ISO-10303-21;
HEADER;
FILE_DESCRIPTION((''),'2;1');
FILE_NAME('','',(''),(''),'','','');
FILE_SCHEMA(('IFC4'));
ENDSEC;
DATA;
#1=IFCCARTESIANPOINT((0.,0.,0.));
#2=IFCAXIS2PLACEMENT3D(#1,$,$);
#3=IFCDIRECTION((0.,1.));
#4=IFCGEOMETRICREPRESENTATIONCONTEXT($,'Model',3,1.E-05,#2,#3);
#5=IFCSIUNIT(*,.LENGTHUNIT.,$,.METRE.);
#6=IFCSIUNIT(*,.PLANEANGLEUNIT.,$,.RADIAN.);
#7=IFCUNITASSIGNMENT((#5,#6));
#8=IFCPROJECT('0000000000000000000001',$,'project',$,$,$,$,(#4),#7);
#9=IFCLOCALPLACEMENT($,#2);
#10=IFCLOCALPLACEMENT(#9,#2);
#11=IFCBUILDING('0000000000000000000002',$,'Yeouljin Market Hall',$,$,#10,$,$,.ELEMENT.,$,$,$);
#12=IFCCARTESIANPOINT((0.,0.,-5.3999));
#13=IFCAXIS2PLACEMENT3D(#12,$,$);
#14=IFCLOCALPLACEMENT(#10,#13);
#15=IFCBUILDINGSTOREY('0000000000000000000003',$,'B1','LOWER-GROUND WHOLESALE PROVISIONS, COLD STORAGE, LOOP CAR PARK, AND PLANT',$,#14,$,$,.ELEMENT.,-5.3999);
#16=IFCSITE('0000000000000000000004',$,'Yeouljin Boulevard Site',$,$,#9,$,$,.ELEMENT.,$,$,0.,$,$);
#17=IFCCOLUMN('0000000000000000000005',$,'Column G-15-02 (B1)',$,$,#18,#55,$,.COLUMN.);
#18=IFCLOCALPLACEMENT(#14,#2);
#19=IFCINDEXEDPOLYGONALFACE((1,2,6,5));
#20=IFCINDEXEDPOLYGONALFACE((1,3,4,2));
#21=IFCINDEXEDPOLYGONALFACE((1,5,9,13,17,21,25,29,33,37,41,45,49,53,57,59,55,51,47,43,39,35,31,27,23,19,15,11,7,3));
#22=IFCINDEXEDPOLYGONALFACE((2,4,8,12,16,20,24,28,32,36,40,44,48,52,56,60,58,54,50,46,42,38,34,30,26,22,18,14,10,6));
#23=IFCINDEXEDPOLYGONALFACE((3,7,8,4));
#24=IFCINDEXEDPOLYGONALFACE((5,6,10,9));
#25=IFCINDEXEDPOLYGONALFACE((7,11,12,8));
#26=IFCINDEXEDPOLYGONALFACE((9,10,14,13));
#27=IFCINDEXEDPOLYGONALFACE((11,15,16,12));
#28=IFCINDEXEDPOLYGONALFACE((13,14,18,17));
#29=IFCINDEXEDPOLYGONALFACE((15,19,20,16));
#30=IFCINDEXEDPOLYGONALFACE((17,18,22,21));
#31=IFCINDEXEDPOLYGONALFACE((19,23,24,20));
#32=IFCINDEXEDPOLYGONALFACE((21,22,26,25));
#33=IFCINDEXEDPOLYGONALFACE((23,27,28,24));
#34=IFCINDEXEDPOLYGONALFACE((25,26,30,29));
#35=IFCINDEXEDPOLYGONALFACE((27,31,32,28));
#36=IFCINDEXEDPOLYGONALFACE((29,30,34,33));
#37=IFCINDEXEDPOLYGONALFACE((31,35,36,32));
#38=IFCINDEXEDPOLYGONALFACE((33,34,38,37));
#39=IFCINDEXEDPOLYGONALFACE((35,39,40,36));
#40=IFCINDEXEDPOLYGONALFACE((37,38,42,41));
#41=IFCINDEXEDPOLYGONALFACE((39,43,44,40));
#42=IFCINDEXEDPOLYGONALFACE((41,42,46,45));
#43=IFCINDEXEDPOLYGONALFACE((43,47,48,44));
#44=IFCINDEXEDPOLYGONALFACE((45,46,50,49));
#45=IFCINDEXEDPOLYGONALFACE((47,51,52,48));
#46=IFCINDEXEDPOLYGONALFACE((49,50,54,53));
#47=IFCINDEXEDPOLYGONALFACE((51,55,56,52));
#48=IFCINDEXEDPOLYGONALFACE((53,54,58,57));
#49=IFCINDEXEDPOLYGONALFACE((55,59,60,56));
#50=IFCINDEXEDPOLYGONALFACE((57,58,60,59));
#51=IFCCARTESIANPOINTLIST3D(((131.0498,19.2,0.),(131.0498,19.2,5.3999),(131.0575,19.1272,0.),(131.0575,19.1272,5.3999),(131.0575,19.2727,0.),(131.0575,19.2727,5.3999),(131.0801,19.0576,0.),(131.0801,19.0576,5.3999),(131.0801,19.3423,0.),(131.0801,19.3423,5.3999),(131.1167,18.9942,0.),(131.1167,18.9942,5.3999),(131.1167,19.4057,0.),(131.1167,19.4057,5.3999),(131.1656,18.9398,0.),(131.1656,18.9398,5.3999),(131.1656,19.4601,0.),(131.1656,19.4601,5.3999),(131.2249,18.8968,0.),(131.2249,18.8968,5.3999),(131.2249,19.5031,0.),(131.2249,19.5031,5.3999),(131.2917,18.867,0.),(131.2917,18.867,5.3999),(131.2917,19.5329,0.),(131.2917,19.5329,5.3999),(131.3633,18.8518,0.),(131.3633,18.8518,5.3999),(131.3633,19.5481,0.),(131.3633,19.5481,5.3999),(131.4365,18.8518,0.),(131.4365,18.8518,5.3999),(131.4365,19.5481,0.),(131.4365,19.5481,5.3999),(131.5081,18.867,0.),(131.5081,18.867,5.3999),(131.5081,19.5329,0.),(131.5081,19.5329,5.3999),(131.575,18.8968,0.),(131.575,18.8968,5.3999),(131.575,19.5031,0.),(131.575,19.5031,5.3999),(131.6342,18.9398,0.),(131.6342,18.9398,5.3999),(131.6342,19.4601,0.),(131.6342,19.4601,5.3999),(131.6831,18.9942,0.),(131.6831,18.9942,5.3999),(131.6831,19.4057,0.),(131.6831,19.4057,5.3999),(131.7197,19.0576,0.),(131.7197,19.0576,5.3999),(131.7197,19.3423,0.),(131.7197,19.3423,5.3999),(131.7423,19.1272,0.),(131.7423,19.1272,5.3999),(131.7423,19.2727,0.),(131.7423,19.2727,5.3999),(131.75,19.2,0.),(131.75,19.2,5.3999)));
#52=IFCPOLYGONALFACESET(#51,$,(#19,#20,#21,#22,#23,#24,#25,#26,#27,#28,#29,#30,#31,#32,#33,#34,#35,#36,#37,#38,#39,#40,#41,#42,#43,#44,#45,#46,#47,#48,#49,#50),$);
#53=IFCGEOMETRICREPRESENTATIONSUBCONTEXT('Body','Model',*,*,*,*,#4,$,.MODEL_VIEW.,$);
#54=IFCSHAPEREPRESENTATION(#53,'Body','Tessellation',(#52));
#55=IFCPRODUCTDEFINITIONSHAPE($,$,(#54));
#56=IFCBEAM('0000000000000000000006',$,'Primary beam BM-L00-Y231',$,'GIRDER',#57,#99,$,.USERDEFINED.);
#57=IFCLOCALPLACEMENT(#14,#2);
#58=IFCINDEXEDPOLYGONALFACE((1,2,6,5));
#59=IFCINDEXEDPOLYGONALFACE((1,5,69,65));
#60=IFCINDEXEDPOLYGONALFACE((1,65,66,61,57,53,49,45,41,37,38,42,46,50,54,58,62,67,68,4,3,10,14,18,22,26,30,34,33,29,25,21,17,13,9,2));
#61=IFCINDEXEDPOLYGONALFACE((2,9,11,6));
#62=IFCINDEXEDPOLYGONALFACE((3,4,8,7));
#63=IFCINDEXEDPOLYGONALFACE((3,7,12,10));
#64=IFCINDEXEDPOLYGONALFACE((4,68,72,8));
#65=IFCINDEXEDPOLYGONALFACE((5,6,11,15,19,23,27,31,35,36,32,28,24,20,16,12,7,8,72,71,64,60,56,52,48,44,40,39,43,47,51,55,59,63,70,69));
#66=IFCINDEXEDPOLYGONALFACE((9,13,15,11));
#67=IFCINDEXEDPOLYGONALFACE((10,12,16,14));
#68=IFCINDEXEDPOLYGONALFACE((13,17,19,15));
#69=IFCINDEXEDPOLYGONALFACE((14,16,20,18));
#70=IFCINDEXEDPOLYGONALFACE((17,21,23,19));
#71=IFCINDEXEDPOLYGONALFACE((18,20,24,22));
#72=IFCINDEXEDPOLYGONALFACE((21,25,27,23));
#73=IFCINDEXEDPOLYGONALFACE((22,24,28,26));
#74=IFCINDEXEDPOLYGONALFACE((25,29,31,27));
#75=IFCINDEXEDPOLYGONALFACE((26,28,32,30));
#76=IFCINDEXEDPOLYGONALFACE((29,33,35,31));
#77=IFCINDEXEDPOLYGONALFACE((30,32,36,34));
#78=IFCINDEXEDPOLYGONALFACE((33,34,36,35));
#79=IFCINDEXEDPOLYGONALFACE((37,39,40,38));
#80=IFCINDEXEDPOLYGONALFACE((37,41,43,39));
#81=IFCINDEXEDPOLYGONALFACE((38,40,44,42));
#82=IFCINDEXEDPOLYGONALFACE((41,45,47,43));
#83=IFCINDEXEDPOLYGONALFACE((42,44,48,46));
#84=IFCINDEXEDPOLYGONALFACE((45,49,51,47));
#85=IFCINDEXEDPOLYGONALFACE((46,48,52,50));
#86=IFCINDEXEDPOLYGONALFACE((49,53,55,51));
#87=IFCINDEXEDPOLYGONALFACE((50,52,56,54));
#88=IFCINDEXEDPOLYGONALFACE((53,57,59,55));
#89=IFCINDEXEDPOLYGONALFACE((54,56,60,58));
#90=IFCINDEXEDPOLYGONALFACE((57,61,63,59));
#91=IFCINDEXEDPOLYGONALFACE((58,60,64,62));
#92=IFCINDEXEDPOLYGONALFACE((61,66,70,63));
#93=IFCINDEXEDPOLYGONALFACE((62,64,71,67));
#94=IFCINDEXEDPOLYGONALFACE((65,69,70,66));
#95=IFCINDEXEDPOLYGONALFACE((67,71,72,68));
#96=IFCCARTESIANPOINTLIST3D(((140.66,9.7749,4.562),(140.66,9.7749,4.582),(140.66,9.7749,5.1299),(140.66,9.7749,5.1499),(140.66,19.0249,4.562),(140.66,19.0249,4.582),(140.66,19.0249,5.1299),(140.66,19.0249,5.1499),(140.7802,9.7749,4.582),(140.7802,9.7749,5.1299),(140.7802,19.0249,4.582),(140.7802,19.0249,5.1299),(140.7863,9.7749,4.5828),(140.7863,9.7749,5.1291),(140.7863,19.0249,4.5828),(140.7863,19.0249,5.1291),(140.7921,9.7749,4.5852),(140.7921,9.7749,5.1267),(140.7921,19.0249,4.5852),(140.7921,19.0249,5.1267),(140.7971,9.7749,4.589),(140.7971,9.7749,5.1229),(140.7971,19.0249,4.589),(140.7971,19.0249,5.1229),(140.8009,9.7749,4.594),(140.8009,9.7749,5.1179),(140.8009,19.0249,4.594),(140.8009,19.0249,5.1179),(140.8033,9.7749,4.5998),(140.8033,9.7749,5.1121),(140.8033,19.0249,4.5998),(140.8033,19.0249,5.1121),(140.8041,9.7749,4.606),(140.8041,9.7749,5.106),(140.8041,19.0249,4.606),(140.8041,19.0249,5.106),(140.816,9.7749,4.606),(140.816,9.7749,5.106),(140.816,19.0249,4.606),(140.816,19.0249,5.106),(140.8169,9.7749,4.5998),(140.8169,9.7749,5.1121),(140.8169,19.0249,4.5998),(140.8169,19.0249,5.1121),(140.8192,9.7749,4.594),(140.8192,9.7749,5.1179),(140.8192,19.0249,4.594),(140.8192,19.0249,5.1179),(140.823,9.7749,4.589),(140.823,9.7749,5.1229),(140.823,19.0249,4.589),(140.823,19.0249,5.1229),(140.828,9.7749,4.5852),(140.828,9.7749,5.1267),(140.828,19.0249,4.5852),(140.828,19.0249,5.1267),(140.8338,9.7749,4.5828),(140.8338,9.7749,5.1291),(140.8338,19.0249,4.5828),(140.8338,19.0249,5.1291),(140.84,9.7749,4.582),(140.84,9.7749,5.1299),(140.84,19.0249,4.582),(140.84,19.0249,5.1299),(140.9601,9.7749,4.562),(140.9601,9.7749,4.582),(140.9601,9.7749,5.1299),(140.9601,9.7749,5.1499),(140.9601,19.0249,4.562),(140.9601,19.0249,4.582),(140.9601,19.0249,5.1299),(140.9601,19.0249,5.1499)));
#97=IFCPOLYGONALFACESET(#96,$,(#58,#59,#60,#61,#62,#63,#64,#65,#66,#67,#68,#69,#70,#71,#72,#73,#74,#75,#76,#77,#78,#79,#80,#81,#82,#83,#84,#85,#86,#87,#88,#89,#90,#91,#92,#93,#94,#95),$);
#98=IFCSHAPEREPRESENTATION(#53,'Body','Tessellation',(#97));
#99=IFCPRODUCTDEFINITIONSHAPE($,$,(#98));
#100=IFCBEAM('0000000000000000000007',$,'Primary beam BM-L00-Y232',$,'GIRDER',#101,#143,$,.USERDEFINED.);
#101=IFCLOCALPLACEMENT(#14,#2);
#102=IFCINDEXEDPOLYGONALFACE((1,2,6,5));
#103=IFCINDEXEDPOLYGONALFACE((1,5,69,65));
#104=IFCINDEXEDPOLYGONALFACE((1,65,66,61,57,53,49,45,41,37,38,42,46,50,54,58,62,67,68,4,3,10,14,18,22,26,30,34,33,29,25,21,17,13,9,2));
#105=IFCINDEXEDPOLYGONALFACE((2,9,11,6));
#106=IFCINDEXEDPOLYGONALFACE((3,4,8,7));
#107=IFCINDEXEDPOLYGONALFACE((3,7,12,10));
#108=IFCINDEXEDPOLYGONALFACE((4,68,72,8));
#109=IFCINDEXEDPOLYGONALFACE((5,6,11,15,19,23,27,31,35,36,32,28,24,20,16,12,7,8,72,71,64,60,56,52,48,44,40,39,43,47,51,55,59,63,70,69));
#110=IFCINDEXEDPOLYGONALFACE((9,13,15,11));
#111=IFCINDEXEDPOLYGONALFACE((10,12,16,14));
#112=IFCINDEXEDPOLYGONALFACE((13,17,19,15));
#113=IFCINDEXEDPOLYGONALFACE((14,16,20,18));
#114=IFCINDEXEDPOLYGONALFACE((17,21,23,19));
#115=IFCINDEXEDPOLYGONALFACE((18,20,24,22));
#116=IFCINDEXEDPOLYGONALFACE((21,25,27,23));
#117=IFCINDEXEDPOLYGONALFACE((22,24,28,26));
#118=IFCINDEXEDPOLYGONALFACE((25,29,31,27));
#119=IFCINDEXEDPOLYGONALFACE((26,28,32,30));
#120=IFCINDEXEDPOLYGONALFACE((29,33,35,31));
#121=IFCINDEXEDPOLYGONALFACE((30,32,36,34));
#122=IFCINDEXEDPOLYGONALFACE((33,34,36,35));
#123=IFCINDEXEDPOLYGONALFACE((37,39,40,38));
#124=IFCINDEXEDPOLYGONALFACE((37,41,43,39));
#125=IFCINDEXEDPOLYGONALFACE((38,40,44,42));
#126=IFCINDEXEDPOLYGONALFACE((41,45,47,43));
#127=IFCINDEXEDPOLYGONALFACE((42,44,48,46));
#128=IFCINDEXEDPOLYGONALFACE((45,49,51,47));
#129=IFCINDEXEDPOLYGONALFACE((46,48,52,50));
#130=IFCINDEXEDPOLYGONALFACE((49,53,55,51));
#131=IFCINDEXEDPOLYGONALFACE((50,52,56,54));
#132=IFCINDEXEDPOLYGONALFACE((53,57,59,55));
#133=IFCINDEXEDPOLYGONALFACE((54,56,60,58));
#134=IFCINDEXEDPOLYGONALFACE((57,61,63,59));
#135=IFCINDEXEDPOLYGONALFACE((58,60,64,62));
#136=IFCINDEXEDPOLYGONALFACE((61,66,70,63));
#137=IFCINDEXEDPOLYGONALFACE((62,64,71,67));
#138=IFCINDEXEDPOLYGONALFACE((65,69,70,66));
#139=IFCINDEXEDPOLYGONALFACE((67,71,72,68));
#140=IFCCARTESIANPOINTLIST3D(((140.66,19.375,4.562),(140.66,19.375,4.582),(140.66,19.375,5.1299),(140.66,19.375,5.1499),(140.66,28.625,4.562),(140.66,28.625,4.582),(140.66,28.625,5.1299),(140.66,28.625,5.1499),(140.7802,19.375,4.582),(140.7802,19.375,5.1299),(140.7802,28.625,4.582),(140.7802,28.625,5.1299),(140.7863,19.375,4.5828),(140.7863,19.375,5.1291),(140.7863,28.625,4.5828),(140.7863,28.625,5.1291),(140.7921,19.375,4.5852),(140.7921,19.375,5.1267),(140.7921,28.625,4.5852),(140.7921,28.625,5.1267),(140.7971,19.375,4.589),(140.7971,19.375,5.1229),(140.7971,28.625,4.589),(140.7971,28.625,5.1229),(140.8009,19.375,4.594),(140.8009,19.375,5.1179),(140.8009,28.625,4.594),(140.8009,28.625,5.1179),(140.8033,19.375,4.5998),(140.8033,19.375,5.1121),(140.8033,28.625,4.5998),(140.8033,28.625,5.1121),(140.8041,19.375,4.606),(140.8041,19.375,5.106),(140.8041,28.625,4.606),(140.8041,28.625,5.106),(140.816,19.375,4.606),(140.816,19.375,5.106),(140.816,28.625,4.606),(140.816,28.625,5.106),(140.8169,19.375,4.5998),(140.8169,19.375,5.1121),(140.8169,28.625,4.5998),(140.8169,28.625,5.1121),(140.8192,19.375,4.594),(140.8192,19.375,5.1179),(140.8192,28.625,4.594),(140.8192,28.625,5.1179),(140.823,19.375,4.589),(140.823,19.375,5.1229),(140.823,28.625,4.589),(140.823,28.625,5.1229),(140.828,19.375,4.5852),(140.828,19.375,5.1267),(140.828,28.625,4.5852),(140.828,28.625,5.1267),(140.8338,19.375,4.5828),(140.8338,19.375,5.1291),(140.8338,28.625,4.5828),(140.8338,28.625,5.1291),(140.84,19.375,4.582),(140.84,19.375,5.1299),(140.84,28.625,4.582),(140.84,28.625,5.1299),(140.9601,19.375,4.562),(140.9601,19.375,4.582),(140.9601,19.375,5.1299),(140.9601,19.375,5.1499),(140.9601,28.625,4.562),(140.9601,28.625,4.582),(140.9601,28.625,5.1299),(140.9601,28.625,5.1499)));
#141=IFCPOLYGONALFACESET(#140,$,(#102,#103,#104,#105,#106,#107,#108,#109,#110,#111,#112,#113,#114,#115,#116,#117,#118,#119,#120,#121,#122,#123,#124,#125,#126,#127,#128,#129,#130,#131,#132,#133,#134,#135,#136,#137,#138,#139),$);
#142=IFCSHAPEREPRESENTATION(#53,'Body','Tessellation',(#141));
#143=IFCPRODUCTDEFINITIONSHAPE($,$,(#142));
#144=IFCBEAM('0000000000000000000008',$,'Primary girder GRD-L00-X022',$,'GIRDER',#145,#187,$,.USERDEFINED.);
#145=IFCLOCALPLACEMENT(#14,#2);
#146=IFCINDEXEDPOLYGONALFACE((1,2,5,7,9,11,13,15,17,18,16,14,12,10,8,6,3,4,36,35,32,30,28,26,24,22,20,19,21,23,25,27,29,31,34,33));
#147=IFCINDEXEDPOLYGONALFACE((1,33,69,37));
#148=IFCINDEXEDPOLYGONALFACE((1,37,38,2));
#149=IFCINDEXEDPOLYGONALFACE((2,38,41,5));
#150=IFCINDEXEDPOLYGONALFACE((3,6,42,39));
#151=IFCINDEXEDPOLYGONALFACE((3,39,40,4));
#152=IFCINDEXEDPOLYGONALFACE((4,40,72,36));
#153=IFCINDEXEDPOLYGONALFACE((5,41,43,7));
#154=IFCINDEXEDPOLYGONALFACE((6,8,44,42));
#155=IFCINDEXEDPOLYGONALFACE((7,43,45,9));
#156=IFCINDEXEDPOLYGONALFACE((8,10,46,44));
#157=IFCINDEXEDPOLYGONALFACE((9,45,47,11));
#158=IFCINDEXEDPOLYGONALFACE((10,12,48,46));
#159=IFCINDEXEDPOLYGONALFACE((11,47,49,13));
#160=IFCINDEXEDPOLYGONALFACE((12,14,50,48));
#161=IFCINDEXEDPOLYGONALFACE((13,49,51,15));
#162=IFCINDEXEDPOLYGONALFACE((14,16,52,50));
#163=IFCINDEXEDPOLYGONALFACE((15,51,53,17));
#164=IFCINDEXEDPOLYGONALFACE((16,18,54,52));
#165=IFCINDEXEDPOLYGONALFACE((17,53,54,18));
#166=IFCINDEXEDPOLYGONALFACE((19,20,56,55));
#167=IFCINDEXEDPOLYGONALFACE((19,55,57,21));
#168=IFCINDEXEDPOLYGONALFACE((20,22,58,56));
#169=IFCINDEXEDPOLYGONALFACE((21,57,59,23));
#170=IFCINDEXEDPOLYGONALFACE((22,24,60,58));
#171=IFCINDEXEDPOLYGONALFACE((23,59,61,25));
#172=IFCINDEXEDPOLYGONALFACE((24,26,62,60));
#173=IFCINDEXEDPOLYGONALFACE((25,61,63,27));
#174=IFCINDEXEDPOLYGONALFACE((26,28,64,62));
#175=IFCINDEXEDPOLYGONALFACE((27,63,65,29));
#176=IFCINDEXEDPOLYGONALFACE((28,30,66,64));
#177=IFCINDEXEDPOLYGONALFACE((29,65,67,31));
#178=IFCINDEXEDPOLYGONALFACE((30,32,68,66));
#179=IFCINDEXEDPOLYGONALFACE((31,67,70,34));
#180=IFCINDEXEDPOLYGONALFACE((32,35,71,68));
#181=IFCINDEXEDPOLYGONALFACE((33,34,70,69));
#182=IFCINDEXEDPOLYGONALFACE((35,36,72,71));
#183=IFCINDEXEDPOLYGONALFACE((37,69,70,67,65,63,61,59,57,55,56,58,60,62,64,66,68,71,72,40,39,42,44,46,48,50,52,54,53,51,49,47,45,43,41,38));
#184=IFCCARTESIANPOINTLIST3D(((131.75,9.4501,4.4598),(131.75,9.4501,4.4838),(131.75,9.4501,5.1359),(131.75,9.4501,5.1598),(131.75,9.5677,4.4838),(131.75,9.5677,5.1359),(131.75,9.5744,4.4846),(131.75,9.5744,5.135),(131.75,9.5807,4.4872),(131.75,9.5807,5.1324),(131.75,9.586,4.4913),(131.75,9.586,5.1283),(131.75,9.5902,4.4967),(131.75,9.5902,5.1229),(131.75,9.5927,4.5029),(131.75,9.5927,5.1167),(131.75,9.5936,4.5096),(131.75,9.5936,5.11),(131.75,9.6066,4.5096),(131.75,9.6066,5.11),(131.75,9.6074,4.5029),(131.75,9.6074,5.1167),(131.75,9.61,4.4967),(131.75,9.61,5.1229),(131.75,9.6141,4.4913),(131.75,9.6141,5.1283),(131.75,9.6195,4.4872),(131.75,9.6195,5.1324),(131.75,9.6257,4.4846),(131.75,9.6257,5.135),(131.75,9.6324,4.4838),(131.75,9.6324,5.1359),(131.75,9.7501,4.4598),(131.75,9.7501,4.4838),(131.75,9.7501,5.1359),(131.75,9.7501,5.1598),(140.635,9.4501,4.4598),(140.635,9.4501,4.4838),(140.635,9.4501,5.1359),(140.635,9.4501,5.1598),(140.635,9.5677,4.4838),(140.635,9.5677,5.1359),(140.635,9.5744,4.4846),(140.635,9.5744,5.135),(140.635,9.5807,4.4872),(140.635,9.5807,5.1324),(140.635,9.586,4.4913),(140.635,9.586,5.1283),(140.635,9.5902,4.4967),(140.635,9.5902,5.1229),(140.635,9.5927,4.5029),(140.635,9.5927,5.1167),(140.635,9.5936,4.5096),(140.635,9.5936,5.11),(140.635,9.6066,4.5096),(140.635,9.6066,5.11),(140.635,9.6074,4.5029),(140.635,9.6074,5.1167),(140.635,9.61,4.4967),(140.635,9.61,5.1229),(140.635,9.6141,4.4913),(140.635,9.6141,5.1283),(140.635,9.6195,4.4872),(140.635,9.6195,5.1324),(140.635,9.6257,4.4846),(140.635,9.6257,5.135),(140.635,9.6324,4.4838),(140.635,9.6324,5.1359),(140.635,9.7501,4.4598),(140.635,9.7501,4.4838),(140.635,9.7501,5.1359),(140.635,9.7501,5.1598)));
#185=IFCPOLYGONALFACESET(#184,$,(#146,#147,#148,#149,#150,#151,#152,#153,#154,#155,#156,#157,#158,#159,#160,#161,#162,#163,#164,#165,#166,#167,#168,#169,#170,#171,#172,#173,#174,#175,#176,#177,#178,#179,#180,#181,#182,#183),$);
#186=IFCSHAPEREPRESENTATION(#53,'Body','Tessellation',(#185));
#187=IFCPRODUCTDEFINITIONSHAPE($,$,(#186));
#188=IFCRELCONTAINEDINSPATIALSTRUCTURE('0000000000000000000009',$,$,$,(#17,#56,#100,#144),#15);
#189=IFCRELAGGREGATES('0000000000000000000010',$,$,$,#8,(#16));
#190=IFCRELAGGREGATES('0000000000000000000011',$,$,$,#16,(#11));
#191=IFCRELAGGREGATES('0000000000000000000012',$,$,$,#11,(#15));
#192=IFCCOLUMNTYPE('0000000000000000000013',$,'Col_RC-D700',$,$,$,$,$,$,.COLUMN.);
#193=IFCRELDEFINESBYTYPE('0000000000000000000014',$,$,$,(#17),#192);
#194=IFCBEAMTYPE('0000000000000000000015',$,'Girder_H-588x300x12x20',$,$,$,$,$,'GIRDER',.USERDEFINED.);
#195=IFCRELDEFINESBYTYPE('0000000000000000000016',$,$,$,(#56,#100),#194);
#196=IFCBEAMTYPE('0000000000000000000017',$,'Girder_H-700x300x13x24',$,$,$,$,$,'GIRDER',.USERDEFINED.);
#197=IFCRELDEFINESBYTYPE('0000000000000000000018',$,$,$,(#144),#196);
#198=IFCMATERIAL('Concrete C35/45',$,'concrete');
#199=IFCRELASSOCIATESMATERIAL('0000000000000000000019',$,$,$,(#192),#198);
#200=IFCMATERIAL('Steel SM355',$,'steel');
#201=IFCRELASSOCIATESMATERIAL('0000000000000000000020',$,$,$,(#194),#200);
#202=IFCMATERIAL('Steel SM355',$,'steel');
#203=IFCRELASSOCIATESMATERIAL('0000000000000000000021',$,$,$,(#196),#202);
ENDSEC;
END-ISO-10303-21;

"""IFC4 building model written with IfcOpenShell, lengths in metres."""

from ifc_helpers import new_model, si_unit, direction, frame, origin, origin_2d, place, context, subcontext, project, spatial, circle, i_section, extrude, material, material_profile, profile_set, type_object, element, save


model = new_model("IFC4")

# Units and contexts
model_context = context("Model", 3, precision=1e-05, world=origin(), true_north=direction((0.0, 1.0)))
body_context = subcontext(model_context, "Body", "Model", "MODEL_VIEW")
ifc_project = project(units=[si_unit("LENGTHUNIT", "METRE"), si_unit("PLANEANGLEUNIT", "RADIAN")], contexts=[model_context])

# Site, building, storey
site_placement = place(None, origin())
site = spatial("IfcSite", under=ifc_project, at=site_placement, Name="Yeouljin Boulevard Site", CompositionType="ELEMENT", RefElevation=0.0)
building_placement = place(site_placement, origin())
building = spatial("IfcBuilding", under=site, at=building_placement, Name="Yeouljin Market Hall", CompositionType="ELEMENT")
storey_placement = place(building_placement, frame((0.0, 0.0, -5.3999)))
storey = spatial("IfcBuildingStorey", under=building, at=storey_placement, Name="B1", Description="LOWER-GROUND WHOLESALE PROVISIONS, COLD STORAGE, LOOP CAR PARK, AND PLANT", CompositionType="ELEMENT", Elevation=-5.3999)

# Column
ifc_material_1 = material(Name="Concrete C35/45", Category="concrete")
ifc_material_profile_1 = material_profile(ifc_material_1, circle(Radius=0.3501, at=origin_2d()), Name="RC-D700")
ifc_profile_set_1 = profile_set([ifc_material_profile_1], Name="Concrete C35/45")
column_type_1 = type_object("IfcColumnType", Name="Col_RC-D700", PredefinedType="COLUMN", material=ifc_profile_set_1)
for number, where, z_axis, x_axis, name in (
    (1, (131.3999, 19.2, 0.0), (0.0, 0.0, 1.0), (1.0, 0.0, 0.0), "Column G-15-02 (B1)"),
):
    element("IfcColumn", number, at=place(storey_placement, frame(where, z_axis=z_axis, x_axis=x_axis)), inside=storey, type_object=column_type_1, Name=name, PredefinedType="COLUMN", context=body_context, shape_type="SweptSolid", body=[
        extrude(circle(Radius=0.3501, at=origin_2d()), origin(), (0.0, 0.0, 1.0), 5.3999),
    ])

# Beams
ifc_material_2 = material(Name="Steel SM355", Category="steel")
ifc_material_profile_2 = material_profile(ifc_material_2, i_section(OverallWidth=0.3, OverallDepth=0.5879, WebThickness=0.012, FlangeThickness=0.02, FilletRadius=0.0239, at=origin_2d()), Name="H-588x300x12x20")
ifc_profile_set_2 = profile_set([ifc_material_profile_2], Name="Steel SM355")
beam_type_1 = type_object("IfcBeamType", Name="Girder_H-588x300x12x20", ElementType="GIRDER", PredefinedType="USERDEFINED", material=ifc_profile_set_2)
for number, where, z_axis, x_axis, name in (
    (2, (140.8101, 9.7749, 4.856), (0.0, 1.0, 0.0), (-1.0, 0.0, 0.0), "Primary beam BM-L00-Y231"),
    (3, (140.8101, 19.375, 4.856), (0.0, 1.0, 0.0), (-1.0, 0.0, 0.0), "Primary beam BM-L00-Y232"),
):
    element("IfcBeam", number, at=place(storey_placement, frame(where, z_axis=z_axis, x_axis=x_axis)), inside=storey, type_object=beam_type_1, Name=name, ObjectType="GIRDER", PredefinedType="USERDEFINED", context=body_context, shape_type="SweptSolid", body=[
        extrude(i_section(OverallWidth=0.3, OverallDepth=0.5879, WebThickness=0.012, FlangeThickness=0.02, FilletRadius=0.0239, at=origin_2d()), origin(), (0.0, 0.0, 1.0), 9.25),
    ])
ifc_material_3 = material(Name="Steel SM355", Category="steel")
ifc_material_profile_3 = material_profile(ifc_material_3, i_section(OverallWidth=0.3, OverallDepth=0.7, WebThickness=0.0129, FlangeThickness=0.0239, FilletRadius=0.0259, at=origin_2d()), Name="H-700x300x13x24")
ifc_profile_set_3 = profile_set([ifc_material_profile_3], Name="Steel SM355")
beam_type_2 = type_object("IfcBeamType", Name="Girder_H-700x300x13x24", ElementType="GIRDER", PredefinedType="USERDEFINED", material=ifc_profile_set_3)
beam_placement = place(storey_placement, frame((131.75, 9.6001, 4.8098), z_axis=(1.0, 0.0, 0.0), x_axis=(0.0, 1.0, 0.0)))
element("IfcBeam", 4, at=beam_placement, inside=storey, type_object=beam_type_2, Name="Primary girder GRD-L00-X022", ObjectType="GIRDER", PredefinedType="USERDEFINED", context=body_context, shape_type="SweptSolid", body=[
    extrude(i_section(OverallWidth=0.3, OverallDepth=0.7, WebThickness=0.0129, FlangeThickness=0.0239, FilletRadius=0.0259, at=origin_2d()), origin(), (0.0, 0.0, 1.0), 8.885),
])

save(model, "model.ifc")
